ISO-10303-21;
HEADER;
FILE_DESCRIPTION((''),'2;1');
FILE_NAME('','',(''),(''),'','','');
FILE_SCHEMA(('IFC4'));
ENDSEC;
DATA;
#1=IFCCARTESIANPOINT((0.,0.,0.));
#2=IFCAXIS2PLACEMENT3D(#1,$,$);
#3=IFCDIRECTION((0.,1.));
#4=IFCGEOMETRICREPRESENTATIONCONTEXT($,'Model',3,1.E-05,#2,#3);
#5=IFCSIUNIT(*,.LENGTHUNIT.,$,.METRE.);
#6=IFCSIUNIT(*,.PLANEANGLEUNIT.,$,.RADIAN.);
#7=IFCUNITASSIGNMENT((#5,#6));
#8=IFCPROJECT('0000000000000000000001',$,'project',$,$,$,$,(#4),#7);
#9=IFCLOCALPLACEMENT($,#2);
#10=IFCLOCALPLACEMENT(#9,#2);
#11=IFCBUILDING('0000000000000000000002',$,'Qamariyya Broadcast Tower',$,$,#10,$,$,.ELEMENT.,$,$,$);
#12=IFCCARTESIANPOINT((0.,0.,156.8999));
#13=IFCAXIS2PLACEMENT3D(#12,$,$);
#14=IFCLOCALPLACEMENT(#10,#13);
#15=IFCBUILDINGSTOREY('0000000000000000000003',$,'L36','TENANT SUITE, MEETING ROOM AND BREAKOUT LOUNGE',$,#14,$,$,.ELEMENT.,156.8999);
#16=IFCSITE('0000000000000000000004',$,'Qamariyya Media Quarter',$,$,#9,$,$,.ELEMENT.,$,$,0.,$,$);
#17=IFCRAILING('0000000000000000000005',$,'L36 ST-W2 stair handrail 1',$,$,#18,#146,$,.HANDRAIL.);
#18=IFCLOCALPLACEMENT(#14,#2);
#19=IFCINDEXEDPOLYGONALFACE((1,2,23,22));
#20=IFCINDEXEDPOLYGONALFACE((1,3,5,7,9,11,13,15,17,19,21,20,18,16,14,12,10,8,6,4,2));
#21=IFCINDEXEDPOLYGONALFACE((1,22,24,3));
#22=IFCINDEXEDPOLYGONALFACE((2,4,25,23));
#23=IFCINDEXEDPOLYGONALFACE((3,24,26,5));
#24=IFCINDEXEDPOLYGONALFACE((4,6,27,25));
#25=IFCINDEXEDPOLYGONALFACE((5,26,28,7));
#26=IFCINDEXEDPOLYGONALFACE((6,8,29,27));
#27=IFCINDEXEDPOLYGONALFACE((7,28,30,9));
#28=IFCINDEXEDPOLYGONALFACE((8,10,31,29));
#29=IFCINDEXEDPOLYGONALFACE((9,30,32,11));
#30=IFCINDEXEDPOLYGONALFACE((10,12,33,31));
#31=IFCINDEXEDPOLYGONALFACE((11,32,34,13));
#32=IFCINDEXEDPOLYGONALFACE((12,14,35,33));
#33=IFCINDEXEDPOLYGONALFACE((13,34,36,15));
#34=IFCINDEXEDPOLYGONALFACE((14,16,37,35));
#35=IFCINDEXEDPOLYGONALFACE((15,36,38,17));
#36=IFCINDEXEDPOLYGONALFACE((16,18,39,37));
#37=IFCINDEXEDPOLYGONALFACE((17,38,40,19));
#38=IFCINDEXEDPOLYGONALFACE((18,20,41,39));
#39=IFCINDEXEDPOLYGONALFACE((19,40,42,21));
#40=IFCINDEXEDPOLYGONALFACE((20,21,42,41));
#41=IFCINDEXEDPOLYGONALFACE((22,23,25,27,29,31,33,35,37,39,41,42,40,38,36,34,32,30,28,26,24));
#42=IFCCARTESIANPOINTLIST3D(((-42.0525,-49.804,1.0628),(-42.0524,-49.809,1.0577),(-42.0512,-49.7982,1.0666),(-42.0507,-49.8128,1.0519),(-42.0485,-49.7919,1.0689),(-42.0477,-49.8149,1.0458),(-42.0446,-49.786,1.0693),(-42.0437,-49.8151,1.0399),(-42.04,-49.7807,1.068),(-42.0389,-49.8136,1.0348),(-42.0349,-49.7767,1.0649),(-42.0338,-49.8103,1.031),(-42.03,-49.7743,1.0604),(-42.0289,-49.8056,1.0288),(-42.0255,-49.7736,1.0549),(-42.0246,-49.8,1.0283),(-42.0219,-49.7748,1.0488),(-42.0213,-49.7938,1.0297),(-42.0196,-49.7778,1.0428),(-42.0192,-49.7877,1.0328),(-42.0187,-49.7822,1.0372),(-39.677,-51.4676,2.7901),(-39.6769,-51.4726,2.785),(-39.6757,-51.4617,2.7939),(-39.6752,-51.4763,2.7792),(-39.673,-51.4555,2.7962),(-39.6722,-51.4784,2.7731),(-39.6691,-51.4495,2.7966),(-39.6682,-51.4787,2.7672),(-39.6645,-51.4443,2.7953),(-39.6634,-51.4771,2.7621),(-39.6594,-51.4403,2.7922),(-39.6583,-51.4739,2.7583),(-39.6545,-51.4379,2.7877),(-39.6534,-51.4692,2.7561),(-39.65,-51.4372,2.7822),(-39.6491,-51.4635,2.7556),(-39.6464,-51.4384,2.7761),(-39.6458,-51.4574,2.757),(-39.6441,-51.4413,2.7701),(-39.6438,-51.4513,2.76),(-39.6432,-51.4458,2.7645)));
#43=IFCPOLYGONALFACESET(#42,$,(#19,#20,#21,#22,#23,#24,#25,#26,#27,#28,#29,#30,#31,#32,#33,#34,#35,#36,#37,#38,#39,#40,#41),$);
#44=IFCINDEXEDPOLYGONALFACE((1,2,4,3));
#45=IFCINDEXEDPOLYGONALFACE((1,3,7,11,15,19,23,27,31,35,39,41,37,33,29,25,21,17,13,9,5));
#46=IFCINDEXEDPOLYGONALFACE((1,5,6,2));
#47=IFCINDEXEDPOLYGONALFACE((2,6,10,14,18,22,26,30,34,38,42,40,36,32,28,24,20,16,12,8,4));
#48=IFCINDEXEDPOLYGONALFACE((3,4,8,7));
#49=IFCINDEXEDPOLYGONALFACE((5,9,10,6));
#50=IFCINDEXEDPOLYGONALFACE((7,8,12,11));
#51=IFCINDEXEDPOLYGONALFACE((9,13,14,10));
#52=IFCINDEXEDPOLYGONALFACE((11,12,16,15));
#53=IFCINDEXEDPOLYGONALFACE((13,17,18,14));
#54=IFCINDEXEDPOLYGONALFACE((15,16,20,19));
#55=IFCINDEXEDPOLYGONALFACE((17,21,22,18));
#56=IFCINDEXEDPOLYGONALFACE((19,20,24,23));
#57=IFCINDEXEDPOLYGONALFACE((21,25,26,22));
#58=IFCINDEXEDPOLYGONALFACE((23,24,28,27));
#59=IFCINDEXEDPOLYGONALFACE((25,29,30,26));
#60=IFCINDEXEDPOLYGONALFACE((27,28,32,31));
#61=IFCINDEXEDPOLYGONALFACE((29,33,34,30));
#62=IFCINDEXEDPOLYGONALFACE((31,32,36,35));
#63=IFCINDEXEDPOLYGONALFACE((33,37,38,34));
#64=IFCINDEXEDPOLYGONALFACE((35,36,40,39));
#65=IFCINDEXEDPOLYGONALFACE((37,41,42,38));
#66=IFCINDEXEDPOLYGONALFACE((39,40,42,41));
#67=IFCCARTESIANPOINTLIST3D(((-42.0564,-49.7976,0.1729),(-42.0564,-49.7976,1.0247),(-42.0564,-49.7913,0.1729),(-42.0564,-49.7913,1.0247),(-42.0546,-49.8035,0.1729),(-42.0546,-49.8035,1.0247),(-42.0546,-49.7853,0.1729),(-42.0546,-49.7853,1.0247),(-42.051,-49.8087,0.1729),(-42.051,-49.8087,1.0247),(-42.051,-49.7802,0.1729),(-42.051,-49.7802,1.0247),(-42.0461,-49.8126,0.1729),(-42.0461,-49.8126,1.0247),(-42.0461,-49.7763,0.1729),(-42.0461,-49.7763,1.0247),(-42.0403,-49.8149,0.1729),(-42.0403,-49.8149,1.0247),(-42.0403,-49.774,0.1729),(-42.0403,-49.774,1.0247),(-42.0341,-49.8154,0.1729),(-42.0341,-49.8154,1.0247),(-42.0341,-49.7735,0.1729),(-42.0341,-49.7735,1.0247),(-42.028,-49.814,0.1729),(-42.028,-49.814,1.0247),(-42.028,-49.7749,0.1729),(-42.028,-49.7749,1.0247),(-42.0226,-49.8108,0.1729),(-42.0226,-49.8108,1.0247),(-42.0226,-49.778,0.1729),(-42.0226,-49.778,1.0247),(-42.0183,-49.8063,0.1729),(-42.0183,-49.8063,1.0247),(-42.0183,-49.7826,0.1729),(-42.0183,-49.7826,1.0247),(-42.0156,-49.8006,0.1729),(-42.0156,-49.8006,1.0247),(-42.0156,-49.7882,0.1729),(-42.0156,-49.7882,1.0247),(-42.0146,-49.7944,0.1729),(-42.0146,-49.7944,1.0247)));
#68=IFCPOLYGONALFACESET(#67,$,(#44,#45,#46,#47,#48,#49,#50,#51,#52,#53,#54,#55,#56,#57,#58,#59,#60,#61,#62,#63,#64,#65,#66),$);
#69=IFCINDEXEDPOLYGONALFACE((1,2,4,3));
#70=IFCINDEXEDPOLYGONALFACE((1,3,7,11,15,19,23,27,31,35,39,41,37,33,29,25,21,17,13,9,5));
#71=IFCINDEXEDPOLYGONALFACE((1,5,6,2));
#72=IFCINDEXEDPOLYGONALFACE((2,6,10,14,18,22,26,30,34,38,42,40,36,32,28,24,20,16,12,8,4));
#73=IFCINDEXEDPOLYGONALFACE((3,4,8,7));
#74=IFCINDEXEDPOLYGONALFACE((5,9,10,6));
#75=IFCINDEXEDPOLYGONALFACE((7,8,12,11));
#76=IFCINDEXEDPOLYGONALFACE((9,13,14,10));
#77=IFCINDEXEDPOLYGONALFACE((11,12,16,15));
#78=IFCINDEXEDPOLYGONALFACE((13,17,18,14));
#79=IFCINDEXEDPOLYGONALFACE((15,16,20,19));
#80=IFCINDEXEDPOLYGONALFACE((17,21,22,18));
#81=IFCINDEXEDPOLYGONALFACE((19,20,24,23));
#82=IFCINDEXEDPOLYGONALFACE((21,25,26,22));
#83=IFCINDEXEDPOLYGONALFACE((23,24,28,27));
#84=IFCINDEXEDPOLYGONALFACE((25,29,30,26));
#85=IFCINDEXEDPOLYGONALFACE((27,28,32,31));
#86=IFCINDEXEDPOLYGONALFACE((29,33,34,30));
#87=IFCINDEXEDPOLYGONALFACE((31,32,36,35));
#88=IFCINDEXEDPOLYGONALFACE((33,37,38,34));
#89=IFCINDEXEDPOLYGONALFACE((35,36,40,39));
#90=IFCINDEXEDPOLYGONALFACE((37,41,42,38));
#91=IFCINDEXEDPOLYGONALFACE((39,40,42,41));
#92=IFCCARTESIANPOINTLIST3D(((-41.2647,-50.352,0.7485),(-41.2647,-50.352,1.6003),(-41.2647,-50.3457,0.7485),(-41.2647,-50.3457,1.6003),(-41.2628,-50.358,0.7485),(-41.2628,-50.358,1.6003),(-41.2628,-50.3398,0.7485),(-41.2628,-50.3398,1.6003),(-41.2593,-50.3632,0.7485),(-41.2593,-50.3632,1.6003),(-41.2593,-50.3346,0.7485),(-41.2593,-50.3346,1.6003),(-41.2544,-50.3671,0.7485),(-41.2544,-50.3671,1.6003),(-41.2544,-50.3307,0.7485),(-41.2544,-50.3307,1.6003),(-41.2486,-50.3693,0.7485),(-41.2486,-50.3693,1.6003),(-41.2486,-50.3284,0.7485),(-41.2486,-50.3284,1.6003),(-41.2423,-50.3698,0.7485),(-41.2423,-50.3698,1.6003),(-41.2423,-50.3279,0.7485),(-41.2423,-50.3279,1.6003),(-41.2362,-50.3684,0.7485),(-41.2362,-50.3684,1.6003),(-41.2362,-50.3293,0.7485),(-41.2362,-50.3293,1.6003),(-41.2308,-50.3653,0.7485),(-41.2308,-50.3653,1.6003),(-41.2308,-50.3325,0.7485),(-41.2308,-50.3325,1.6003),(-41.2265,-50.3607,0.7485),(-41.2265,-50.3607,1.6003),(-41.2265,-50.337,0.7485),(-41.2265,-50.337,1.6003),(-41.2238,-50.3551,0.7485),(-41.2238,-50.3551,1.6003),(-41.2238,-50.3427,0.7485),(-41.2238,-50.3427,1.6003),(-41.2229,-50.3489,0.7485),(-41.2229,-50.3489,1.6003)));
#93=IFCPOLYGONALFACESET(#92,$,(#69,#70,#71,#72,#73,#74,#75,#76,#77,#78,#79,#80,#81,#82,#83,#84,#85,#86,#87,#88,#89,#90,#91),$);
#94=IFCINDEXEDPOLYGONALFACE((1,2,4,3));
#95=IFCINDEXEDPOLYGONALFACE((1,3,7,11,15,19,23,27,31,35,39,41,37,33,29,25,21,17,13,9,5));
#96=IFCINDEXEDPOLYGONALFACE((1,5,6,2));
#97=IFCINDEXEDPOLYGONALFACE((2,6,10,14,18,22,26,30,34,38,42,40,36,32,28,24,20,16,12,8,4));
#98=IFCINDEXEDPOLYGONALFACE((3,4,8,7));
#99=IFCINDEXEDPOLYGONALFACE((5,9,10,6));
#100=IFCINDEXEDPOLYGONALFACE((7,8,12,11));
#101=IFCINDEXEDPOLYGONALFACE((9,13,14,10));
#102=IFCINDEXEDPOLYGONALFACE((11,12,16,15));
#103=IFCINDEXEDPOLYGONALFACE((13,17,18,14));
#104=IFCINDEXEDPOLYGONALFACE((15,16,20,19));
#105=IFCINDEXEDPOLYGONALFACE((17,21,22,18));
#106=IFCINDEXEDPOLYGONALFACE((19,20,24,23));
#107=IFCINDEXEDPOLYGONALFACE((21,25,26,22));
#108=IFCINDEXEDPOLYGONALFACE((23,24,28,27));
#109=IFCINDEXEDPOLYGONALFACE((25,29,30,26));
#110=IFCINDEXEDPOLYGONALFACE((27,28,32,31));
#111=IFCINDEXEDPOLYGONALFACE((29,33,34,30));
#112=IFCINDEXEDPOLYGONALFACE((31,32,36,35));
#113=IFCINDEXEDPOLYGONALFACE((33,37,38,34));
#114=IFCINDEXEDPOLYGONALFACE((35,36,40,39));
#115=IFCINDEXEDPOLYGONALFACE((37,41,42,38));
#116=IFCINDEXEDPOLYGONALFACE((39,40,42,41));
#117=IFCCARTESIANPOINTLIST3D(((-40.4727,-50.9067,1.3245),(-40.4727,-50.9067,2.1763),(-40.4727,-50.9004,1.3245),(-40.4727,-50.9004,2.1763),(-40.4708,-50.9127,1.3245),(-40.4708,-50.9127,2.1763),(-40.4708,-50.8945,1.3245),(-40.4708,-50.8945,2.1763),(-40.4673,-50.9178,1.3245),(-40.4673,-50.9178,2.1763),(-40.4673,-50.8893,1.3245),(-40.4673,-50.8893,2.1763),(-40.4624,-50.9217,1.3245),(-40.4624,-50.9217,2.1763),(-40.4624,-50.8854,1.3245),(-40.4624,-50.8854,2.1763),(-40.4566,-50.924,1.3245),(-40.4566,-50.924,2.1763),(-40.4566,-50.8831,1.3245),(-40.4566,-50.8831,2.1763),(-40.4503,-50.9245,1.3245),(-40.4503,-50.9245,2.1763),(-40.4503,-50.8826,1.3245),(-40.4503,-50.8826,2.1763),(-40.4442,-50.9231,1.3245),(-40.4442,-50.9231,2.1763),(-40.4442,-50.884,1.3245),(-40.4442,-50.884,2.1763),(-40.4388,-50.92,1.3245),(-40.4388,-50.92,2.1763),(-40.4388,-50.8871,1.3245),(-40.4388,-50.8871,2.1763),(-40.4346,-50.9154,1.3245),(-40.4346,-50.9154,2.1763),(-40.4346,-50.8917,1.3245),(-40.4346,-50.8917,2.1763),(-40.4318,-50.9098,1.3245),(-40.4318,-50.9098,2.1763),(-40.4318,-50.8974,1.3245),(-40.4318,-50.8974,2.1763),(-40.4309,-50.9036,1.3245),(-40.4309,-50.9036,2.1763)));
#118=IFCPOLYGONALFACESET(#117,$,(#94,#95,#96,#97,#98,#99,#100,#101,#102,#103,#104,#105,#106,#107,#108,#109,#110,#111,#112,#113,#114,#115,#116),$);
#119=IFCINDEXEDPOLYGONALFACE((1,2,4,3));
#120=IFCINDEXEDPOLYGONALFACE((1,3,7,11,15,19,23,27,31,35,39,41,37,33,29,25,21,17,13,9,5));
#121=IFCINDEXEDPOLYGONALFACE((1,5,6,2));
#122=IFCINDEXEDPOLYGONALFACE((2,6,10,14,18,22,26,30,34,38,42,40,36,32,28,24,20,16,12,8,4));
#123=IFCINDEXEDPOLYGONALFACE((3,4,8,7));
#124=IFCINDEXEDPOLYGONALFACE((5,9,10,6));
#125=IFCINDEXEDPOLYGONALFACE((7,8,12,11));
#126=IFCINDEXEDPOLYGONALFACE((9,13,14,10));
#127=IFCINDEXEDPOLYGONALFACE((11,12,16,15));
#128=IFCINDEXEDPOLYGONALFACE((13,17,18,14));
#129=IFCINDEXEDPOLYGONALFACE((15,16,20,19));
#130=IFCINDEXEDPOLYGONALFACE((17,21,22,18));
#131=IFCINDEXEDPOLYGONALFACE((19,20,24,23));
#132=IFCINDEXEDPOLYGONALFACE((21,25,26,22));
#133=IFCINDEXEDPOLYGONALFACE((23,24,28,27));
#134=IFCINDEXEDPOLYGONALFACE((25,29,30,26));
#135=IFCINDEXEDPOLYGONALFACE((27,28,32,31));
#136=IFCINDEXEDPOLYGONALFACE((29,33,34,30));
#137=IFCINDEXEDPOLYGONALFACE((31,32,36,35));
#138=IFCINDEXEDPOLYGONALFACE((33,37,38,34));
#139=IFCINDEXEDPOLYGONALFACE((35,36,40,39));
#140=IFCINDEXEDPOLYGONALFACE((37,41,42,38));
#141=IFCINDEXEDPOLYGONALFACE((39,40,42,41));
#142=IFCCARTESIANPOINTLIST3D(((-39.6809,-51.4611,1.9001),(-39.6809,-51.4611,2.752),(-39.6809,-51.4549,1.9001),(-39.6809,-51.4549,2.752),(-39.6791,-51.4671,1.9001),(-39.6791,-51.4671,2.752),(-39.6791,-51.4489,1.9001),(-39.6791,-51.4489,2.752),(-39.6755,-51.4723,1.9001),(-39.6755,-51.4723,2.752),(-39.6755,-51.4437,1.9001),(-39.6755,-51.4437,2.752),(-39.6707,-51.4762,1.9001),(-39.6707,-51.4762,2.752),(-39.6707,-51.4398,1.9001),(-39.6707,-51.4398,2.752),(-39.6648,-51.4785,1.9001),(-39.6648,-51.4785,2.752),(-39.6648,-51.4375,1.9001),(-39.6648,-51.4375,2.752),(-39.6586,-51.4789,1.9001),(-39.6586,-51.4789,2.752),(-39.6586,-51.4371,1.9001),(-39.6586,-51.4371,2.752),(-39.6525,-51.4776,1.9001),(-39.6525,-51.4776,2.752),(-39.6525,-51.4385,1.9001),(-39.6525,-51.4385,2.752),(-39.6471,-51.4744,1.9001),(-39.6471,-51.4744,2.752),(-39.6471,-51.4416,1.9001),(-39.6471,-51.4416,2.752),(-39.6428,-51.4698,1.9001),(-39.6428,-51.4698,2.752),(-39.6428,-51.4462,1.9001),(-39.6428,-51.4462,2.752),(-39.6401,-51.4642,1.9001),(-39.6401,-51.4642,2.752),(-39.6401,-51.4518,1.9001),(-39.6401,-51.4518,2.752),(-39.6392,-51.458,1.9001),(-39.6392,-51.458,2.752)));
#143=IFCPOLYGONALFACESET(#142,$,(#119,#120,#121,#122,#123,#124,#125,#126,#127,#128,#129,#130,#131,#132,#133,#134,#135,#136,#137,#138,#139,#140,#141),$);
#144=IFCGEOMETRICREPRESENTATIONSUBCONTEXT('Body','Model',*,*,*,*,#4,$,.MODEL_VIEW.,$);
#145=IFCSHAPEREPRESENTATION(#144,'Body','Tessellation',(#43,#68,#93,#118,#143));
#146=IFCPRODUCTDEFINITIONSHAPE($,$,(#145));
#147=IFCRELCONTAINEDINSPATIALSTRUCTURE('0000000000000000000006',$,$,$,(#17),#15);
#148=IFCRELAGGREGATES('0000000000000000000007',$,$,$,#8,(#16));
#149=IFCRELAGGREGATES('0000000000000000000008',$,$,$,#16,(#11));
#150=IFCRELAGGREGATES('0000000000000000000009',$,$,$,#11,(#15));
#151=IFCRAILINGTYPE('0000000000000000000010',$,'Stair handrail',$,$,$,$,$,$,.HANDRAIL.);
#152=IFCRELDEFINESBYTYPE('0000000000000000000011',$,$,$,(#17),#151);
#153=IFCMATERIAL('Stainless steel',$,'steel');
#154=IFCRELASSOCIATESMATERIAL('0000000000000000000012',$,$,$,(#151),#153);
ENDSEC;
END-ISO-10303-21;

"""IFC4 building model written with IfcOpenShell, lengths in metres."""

from ifc_helpers import new_model, si_unit, direction, frame, origin, origin_2d, place, context, subcontext, project, spatial, circle, extrude, material, type_object, element, save


model = new_model("IFC4")

# Units and contexts
model_context = context("Model", 3, precision=1e-05, world=origin(), true_north=direction((0.0, 1.0)))
body_context = subcontext(model_context, "Body", "Model", "MODEL_VIEW")
ifc_project = project(units=[si_unit("LENGTHUNIT", "METRE"), si_unit("PLANEANGLEUNIT", "RADIAN")], contexts=[model_context])

# Site, building, storey
site_placement = place(None, origin())
site = spatial("IfcSite", under=ifc_project, at=site_placement, Name="Qamariyya Media Quarter", CompositionType="ELEMENT", RefElevation=0.0)
building_placement = place(site_placement, origin())
building = spatial("IfcBuilding", under=site, at=building_placement, Name="Qamariyya Broadcast Tower", CompositionType="ELEMENT")
storey_placement = place(building_placement, frame((0.0, 0.0, 156.8999)))
storey = spatial("IfcBuildingStorey", under=building, at=storey_placement, Name="L36", Description="TENANT SUITE, MEETING ROOM AND BREAKOUT LOUNGE", CompositionType="ELEMENT", Elevation=156.8999)

# Railing
ifc_material_1 = material(Name="Stainless steel", Category="steel")
railing_type_1 = type_object("IfcRailingType", Name="Stair handrail", PredefinedType="HANDRAIL", material=ifc_material_1)
railing_1_placement = place(storey_placement, frame((-42.0356, -49.7944, 0.1729)))
element("IfcRailing", 1, at=railing_1_placement, inside=storey, type_object=railing_type_1, Name="L36 ST-W2 stair handrail 1", PredefinedType="HANDRAIL", context=body_context, shape_type="SweptSolid", body=[
    extrude(circle(Radius=0.0239, at=origin_2d()), frame((0.0, 0.0, 0.876), z_axis=(0.703745, -0.492838, 0.511716), x_axis=(0.573632, 0.819113, 0.0)), (0.0, 0.0, 1.0), 3.3755),
    extrude(circle(Radius=0.021, at=origin_2d()), origin(), (0.0, 0.0, 1.0), 0.8518),
    extrude(circle(Radius=0.021, at=origin_2d()), frame((0.7917, -0.5544, 0.5757)), (0.0, 0.0, 1.0), 0.8518),
    extrude(circle(Radius=0.021, at=origin_2d()), frame((1.5837, -1.1091, 1.1516)), (0.0, 0.0, 1.0), 0.8518),
    extrude(circle(Radius=0.021, at=origin_2d()), frame((2.3755, -1.6636, 1.7273)), (0.0, 0.0, 1.0), 0.8518),
])

save(model, "model.ifc")
